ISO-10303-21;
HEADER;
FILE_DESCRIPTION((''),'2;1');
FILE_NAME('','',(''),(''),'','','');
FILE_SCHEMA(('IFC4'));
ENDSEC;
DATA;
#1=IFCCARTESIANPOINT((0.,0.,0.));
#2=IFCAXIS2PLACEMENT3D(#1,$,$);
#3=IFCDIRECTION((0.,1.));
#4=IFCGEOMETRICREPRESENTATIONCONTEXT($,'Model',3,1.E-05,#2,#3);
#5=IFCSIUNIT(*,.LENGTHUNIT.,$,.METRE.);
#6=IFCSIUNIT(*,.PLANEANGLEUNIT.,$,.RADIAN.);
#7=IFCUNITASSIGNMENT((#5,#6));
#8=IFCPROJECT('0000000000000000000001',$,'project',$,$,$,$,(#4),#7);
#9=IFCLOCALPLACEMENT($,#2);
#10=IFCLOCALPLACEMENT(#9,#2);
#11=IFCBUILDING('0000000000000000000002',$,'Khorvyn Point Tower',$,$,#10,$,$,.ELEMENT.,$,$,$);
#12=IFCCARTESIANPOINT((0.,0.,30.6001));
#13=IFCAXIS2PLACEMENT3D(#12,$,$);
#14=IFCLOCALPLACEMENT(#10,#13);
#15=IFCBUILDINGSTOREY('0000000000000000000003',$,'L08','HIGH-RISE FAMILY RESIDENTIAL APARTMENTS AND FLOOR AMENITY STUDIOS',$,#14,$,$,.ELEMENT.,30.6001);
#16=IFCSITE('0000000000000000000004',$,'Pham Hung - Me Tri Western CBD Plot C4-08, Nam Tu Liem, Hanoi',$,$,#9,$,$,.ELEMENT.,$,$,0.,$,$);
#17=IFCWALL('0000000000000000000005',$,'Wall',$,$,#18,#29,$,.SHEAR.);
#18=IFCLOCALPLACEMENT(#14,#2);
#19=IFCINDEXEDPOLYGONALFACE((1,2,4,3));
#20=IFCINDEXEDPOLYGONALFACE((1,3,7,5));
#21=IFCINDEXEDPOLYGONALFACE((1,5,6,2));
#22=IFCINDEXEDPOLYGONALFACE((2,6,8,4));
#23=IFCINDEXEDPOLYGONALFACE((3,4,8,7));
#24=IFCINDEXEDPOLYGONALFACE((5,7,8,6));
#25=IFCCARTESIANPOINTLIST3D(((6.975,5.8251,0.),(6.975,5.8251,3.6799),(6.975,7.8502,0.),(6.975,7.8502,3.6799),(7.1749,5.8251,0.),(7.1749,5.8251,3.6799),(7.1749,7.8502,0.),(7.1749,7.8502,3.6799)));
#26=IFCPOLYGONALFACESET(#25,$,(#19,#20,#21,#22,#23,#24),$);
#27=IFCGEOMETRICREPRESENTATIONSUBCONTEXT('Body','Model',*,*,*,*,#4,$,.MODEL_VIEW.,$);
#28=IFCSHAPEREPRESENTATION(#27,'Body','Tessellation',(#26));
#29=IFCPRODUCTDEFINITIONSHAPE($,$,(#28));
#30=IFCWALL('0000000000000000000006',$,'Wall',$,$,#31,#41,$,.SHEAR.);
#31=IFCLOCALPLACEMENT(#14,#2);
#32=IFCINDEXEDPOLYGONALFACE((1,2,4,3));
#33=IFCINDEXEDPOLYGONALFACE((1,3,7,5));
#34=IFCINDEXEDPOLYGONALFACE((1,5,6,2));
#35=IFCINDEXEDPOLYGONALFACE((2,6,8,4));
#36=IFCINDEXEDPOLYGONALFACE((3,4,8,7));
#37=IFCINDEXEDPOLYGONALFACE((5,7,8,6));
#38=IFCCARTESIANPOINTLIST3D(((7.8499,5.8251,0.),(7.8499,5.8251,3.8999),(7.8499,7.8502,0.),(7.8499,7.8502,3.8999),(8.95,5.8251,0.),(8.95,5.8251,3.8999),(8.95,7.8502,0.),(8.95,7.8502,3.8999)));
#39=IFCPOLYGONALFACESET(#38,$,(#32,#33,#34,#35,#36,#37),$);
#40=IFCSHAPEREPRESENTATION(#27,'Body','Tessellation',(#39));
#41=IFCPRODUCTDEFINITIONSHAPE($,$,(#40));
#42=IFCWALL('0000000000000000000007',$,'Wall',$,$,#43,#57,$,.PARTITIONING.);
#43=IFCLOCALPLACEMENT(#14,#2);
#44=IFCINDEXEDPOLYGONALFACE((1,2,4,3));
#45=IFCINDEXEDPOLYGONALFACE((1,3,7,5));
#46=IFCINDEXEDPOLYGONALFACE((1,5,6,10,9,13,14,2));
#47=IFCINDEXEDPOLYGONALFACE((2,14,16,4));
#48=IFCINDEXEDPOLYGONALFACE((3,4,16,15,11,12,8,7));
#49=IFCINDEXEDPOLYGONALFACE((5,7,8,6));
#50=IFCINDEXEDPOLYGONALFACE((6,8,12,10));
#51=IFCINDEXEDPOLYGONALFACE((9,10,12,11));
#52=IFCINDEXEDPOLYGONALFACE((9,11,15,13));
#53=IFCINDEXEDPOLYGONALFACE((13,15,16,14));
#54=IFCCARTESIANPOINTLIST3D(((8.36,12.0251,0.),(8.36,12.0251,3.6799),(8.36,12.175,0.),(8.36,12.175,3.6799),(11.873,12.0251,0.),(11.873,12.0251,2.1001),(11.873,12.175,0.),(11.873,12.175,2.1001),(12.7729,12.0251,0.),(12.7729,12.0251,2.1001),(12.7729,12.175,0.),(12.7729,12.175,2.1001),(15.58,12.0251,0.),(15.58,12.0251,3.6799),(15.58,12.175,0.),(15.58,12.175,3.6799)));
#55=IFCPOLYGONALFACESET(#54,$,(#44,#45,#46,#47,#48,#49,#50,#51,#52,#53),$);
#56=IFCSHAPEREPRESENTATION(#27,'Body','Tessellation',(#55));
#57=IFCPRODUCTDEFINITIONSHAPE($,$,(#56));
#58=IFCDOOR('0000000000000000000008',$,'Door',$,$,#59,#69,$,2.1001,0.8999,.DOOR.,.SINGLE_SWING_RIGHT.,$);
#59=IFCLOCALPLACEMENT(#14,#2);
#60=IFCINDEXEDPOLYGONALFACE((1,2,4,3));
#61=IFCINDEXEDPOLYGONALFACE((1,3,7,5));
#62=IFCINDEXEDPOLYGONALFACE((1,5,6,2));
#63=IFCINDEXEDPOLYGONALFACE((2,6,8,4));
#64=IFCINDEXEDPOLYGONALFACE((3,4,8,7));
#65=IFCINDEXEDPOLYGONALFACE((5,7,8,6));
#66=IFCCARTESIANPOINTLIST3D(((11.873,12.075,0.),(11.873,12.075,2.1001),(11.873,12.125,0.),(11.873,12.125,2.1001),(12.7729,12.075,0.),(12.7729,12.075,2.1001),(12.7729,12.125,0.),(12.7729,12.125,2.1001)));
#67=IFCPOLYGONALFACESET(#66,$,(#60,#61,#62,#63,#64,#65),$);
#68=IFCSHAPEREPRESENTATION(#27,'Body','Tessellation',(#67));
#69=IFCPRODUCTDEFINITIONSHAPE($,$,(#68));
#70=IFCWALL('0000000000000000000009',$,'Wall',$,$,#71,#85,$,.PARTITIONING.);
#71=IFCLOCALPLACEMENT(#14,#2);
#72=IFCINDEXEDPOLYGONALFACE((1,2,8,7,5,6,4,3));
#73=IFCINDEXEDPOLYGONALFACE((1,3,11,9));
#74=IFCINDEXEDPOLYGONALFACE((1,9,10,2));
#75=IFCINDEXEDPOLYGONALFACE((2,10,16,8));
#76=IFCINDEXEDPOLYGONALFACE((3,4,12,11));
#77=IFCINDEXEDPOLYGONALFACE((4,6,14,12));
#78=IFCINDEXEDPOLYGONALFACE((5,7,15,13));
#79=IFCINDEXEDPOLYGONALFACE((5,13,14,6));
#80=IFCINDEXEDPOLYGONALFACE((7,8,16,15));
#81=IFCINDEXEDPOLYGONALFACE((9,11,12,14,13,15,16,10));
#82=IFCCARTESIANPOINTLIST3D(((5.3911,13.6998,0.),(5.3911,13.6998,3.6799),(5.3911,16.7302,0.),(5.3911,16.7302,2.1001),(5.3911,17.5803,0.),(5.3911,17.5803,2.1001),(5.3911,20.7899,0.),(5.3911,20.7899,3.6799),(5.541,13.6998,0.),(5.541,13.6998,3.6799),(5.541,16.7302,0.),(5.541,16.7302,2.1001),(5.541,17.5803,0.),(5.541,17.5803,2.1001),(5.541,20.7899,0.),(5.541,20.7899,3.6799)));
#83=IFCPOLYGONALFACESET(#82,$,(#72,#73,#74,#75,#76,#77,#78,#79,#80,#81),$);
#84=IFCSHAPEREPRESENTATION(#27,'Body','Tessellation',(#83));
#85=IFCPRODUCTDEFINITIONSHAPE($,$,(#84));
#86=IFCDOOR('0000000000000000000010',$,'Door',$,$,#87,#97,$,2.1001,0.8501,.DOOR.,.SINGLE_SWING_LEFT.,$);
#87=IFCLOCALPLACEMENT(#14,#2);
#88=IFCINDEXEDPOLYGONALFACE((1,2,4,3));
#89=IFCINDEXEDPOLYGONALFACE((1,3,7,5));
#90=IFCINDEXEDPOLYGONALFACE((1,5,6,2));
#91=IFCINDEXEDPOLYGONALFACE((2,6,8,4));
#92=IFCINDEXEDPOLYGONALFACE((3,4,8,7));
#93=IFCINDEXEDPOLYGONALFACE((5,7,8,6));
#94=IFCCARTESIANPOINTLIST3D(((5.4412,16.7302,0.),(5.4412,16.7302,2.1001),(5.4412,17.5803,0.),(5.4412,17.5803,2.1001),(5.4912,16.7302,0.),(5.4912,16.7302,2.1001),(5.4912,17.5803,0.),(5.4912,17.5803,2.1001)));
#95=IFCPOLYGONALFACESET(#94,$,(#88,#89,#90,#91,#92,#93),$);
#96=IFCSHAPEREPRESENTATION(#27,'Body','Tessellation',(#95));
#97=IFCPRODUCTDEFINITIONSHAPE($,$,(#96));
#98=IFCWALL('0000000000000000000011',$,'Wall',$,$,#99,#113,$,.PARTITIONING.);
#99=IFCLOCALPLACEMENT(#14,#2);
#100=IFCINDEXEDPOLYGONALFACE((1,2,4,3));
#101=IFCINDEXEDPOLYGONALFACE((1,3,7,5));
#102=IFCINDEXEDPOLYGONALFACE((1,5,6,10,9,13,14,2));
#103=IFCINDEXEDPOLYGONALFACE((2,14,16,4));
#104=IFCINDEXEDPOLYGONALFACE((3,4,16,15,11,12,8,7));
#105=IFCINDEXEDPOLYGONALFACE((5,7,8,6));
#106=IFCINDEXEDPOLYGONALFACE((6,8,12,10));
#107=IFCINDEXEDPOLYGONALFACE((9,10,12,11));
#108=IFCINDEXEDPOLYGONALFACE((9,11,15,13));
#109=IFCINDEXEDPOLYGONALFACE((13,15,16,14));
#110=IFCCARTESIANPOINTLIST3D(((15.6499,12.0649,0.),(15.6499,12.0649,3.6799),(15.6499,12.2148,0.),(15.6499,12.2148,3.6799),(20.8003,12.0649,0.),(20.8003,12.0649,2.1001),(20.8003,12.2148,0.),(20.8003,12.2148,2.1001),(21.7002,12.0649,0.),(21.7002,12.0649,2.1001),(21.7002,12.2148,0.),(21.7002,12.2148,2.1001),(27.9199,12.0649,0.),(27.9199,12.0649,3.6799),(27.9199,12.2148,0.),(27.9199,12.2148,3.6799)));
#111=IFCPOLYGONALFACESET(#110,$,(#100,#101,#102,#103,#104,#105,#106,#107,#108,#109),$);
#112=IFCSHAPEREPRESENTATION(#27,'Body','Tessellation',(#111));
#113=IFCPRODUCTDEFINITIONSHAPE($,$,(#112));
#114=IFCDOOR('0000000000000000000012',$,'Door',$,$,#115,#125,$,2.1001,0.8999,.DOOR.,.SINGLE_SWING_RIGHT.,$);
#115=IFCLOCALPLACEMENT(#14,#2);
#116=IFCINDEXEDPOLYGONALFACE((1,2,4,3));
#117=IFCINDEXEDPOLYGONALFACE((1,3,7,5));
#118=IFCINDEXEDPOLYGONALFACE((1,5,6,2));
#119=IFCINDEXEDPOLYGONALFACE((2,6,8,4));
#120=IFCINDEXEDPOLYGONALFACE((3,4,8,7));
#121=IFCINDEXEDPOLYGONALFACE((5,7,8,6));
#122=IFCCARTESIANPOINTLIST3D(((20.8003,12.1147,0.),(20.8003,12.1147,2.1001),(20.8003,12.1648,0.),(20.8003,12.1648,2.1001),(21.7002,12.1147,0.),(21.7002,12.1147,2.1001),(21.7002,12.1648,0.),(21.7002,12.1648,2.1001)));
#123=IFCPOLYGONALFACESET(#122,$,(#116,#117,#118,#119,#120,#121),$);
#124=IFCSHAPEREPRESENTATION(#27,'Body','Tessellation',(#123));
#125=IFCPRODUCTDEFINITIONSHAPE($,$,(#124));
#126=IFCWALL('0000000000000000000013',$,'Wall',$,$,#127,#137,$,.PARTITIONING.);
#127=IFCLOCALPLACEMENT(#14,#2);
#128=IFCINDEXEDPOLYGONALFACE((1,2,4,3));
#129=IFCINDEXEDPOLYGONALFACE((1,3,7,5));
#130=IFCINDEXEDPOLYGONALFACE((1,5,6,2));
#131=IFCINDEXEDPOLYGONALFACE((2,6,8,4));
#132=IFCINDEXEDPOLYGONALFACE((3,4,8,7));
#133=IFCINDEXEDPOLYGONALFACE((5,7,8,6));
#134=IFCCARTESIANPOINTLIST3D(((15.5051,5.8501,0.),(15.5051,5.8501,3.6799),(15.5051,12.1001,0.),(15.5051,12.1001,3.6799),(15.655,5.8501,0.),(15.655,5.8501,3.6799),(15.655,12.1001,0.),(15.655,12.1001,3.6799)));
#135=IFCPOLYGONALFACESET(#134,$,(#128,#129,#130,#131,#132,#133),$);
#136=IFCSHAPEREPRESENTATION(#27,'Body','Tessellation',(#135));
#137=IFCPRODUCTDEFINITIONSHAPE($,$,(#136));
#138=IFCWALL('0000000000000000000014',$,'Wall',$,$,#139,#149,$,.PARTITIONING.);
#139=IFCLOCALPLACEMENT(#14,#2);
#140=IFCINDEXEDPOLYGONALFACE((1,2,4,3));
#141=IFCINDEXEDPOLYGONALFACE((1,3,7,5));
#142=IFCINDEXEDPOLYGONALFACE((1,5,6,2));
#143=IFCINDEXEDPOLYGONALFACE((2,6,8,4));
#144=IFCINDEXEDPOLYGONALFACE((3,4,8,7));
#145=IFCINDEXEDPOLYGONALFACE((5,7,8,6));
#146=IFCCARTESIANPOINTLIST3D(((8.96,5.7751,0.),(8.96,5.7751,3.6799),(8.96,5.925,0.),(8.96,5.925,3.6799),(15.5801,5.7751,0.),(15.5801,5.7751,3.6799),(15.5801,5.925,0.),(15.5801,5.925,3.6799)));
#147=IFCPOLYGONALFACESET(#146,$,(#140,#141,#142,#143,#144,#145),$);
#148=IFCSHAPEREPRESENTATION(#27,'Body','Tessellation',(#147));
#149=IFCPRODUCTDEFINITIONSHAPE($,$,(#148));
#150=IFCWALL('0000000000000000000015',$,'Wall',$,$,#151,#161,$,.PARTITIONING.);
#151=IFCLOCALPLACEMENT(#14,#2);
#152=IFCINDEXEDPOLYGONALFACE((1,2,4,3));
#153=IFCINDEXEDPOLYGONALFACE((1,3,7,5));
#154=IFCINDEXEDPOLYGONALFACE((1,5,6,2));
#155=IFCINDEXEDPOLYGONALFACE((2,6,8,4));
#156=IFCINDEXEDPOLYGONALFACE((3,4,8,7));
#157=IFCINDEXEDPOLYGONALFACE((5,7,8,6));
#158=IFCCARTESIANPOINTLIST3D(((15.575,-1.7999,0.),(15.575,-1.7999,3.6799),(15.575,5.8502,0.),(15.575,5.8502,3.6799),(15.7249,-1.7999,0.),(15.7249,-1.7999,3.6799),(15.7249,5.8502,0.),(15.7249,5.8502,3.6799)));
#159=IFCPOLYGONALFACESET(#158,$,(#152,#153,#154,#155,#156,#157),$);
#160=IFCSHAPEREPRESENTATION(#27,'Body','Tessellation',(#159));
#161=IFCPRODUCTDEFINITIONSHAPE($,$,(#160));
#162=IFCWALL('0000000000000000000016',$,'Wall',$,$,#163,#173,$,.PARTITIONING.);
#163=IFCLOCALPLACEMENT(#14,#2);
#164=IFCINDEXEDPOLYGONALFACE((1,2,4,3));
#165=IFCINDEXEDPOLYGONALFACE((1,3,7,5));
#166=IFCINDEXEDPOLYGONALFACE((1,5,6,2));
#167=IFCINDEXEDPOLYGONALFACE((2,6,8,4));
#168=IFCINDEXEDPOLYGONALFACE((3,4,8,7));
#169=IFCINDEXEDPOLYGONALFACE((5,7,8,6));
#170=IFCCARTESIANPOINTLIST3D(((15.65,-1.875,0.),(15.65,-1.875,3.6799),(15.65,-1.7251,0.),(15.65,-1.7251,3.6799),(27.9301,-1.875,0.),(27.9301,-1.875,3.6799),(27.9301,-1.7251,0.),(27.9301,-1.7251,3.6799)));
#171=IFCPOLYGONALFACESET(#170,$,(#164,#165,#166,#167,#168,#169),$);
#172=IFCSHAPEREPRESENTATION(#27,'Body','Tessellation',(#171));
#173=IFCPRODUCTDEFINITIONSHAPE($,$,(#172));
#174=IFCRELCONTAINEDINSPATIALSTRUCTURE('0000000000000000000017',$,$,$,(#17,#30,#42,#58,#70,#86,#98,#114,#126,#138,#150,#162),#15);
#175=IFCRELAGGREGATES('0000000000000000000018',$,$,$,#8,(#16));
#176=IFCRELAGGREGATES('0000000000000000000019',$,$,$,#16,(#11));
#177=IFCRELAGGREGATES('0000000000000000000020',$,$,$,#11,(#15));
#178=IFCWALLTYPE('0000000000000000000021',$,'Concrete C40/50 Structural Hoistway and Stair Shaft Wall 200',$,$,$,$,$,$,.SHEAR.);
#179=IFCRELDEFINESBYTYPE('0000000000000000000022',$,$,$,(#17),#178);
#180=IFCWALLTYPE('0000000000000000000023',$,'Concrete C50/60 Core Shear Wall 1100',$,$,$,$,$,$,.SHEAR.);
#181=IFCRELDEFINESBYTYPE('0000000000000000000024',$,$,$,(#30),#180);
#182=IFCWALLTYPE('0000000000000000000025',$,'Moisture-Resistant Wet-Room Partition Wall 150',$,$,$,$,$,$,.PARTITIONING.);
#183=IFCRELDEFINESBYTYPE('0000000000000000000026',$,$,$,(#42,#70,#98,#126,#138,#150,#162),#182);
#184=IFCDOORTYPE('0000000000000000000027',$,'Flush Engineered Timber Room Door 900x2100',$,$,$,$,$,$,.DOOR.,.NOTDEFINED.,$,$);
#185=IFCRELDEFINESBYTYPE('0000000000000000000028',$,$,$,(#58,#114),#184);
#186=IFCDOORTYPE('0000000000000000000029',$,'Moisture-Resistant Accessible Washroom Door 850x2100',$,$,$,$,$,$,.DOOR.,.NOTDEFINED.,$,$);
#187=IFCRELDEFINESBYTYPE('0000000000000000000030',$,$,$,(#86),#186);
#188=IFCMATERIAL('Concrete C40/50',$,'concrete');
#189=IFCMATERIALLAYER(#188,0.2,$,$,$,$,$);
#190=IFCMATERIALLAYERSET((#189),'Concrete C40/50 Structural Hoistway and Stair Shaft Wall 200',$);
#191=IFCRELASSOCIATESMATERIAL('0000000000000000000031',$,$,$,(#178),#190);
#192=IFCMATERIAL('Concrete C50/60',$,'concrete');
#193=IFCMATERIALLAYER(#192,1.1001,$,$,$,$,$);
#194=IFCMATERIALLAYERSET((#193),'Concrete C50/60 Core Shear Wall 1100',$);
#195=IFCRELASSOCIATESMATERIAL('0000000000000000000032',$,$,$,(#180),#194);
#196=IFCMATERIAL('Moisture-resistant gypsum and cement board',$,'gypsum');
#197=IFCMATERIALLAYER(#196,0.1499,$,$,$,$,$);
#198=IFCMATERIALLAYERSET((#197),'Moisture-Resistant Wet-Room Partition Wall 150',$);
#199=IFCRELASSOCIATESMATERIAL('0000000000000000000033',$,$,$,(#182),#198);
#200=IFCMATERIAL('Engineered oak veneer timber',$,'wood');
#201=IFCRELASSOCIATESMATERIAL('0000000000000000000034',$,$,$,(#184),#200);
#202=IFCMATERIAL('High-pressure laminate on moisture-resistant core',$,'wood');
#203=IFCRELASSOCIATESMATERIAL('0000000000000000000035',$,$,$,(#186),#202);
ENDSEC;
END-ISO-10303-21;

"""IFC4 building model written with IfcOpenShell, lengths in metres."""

from ifc_helpers import new_model, si_unit, direction, frame, frame_2d, origin, place, context, subcontext, project, spatial, rectangle, extrude, material, layer, layer_set, type_object, element, fill, save


model = new_model("IFC4")

# Units and contexts
model_context = context("Model", 3, precision=1e-05, world=origin(), true_north=direction((0.0, 1.0)))
body_context = subcontext(model_context, "Body", "Model", "MODEL_VIEW")
ifc_project = project(units=[si_unit("LENGTHUNIT", "METRE"), si_unit("PLANEANGLEUNIT", "RADIAN")], contexts=[model_context])

# Site, building, storey
site_placement = place(None, origin())
site = spatial("IfcSite", under=ifc_project, at=site_placement, Name="Pham Hung - Me Tri Western CBD Plot C4-08, Nam Tu Liem, Hanoi", CompositionType="ELEMENT", RefElevation=0.0)
building_placement = place(site_placement, origin())
building = spatial("IfcBuilding", under=site, at=building_placement, Name="Khorvyn Point Tower", CompositionType="ELEMENT")
storey_placement = place(building_placement, frame((0.0, 0.0, 30.6001)))
storey = spatial("IfcBuildingStorey", under=building, at=storey_placement, Name="L08", Description="HIGH-RISE FAMILY RESIDENTIAL APARTMENTS AND FLOOR AMENITY STUDIOS", CompositionType="ELEMENT", Elevation=30.6001)

# Shared definitions
ifc_material_1 = material(Name="Concrete C50/60", Category="concrete")

# Walls
ifc_material_2 = material(Name="Concrete C40/50", Category="concrete")
ifc_layer_1 = layer(ifc_material_2, 0.2)
ifc_layer_set_1 = layer_set([ifc_layer_1], Name="Concrete C40/50 Structural Hoistway and Stair Shaft Wall 200")
wall_type_1 = type_object("IfcWallType", Name="Concrete C40/50 Structural Hoistway and Stair Shaft Wall 200", PredefinedType="SHEAR", material=ifc_layer_set_1)
wall_1_placement = place(storey_placement, frame((7.075, 5.825, 0.0), z_axis=(0.0, 0.0, 1.0), x_axis=(0.0, 1.0, 0.0)))
element("IfcWall", 1, at=wall_1_placement, inside=storey, type_object=wall_type_1, Name="Wall", PredefinedType="SHEAR", context=body_context, shape_type="SweptSolid", body=[
    extrude(rectangle(XDim=2.0251, YDim=0.2, at=frame_2d((1.0127, 0.0))), origin(), (0.0, 0.0, 1.0), 3.6799),
])
ifc_layer_2 = layer(ifc_material_1, 1.1001)
ifc_layer_set_2 = layer_set([ifc_layer_2], Name="Concrete C50/60 Core Shear Wall 1100")
wall_type_2 = type_object("IfcWallType", Name="Concrete C50/60 Core Shear Wall 1100", PredefinedType="SHEAR", material=ifc_layer_set_2)
wall_2_placement = place(storey_placement, frame((8.3999, 5.825, 0.0), z_axis=(0.0, 0.0, 1.0), x_axis=(0.0, 1.0, 0.0)))
element("IfcWall", 2, at=wall_2_placement, inside=storey, type_object=wall_type_2, Name="Wall", PredefinedType="SHEAR", context=body_context, shape_type="SweptSolid", body=[
    extrude(rectangle(XDim=2.0251, YDim=1.1001, at=frame_2d((1.0127, 0.0))), origin(), (0.0, 0.0, 1.0), 3.8999),
])

# Walls, openings, doors
ifc_material_3 = material(Name="Moisture-resistant gypsum and cement board", Category="gypsum")
ifc_layer_3 = layer(ifc_material_3, 0.1499)
ifc_layer_set_3 = layer_set([ifc_layer_3], Name="Moisture-Resistant Wet-Room Partition Wall 150")
wall_type_3 = type_object("IfcWallType", Name="Moisture-Resistant Wet-Room Partition Wall 150", PredefinedType="PARTITIONING", material=ifc_layer_set_3)
wall_3_placement = place(storey_placement, frame((8.3601, 12.1001, 0.0), z_axis=(0.0, 0.0, 1.0), x_axis=(1.0, 0.0, 0.0)))
wall_3 = element("IfcWall", 3, at=wall_3_placement, inside=storey, type_object=wall_type_3, Name="Wall", PredefinedType="PARTITIONING", context=body_context, shape_type="SweptSolid", body=[
    extrude(rectangle(XDim=7.22, YDim=0.1499, at=frame_2d((3.6099, 0.0))), origin(), (0.0, 0.0, 1.0), 3.6799),
])
opening_1_placement = place(wall_3_placement, frame((3.5129, 0.0, 0.0)))
opening_1 = element("IfcOpeningElement", 4, at=opening_1_placement, cuts=wall_3, PredefinedType="OPENING", context=body_context, shape_type="SweptSolid", body=[
    extrude(rectangle(XDim=0.8999, YDim=2.1001, at=frame_2d((0.45, 1.05))), frame((0.0, 0.085, 0.0), z_axis=(0.0, -1.0, 0.0), x_axis=(1.0, 0.0, 0.0)), (0.0, 0.0, 1.0), 0.1699),
])
ifc_material_4 = material(Name="Engineered oak veneer timber", Category="wood")
door_type_1 = type_object("IfcDoorType", Name="Flush Engineered Timber Room Door 900x2100", OperationType="NOTDEFINED", PredefinedType="DOOR", material=ifc_material_4)
door_1_placement = place(opening_1_placement, origin())
door_1 = element("IfcDoor", 5, at=door_1_placement, inside=storey, type_object=door_type_1, Name="Door", OperationType="SINGLE_SWING_RIGHT", OverallHeight=2.1001, OverallWidth=0.8999, PredefinedType="DOOR", context=body_context, shape_type="SweptSolid", body=[
    extrude(rectangle(XDim=0.8999, YDim=2.1001, at=frame_2d((0.45, 1.05))), frame((0.0, 0.0249, 0.0), z_axis=(0.0, -1.0, 0.0), x_axis=(1.0, 0.0, 0.0)), (0.0, 0.0, 1.0), 0.05),
])
fill(opening_1, door_1)
wall_4_placement = place(storey_placement, frame((5.4661, 13.7, 0.0), z_axis=(0.0, 0.0, 1.0), x_axis=(0.0, 1.0, 0.0)))
wall_4 = element("IfcWall", 6, at=wall_4_placement, inside=storey, type_object=wall_type_3, Name="Wall", PredefinedType="PARTITIONING", context=body_context, shape_type="SweptSolid", body=[
    extrude(rectangle(XDim=7.0901, YDim=0.1499, at=frame_2d((3.5449, 0.0))), origin(), (0.0, 0.0, 1.0), 3.6799),
])
opening_2_placement = place(wall_4_placement, frame((3.0303, 0.0, 0.0)))
opening_2 = element("IfcOpeningElement", 7, at=opening_2_placement, cuts=wall_4, PredefinedType="OPENING", context=body_context, shape_type="SweptSolid", body=[
    extrude(rectangle(XDim=0.8501, YDim=2.1001, at=frame_2d((0.425, 1.05))), frame((0.0, 0.085, 0.0), z_axis=(0.0, -1.0, 0.0), x_axis=(1.0, 0.0, 0.0)), (0.0, 0.0, 1.0), 0.1699),
])
ifc_material_5 = material(Name="High-pressure laminate on moisture-resistant core", Category="wood")
door_type_2 = type_object("IfcDoorType", Name="Moisture-Resistant Accessible Washroom Door 850x2100", OperationType="NOTDEFINED", PredefinedType="DOOR", material=ifc_material_5)
door_2_placement = place(opening_2_placement, origin())
door_2 = element("IfcDoor", 8, at=door_2_placement, inside=storey, type_object=door_type_2, Name="Door", OperationType="SINGLE_SWING_LEFT", OverallHeight=2.1001, OverallWidth=0.8501, PredefinedType="DOOR", context=body_context, shape_type="SweptSolid", body=[
    extrude(rectangle(XDim=0.8501, YDim=2.1001, at=frame_2d((0.425, 1.05))), frame((0.0, 0.0249, 0.0), z_axis=(0.0, -1.0, 0.0), x_axis=(1.0, 0.0, 0.0)), (0.0, 0.0, 1.0), 0.05),
])
fill(opening_2, door_2)
wall_5_placement = place(storey_placement, frame((15.6499, 12.1399, 0.0), z_axis=(0.0, 0.0, 1.0), x_axis=(1.0, 0.0, 0.0)))
wall_5 = element("IfcWall", 9, at=wall_5_placement, inside=storey, type_object=wall_type_3, Name="Wall", PredefinedType="PARTITIONING", context=body_context, shape_type="SweptSolid", body=[
    extrude(rectangle(XDim=12.27, YDim=0.1499, at=frame_2d((6.135, 0.0))), origin(), (0.0, 0.0, 1.0), 3.6799),
])
opening_3_placement = place(wall_5_placement, frame((5.1504, 0.0, 0.0)))
opening_3 = element("IfcOpeningElement", 10, at=opening_3_placement, cuts=wall_5, PredefinedType="OPENING", context=body_context, shape_type="SweptSolid", body=[
    extrude(rectangle(XDim=0.8999, YDim=2.1001, at=frame_2d((0.45, 1.05))), frame((0.0, 0.085, 0.0), z_axis=(0.0, -1.0, 0.0), x_axis=(1.0, 0.0, 0.0)), (0.0, 0.0, 1.0), 0.1699),
])
door_3_placement = place(opening_3_placement, origin())
door_3 = element("IfcDoor", 11, at=door_3_placement, inside=storey, type_object=door_type_1, Name="Door", OperationType="SINGLE_SWING_RIGHT", OverallHeight=2.1001, OverallWidth=0.8999, PredefinedType="DOOR", context=body_context, shape_type="SweptSolid", body=[
    extrude(rectangle(XDim=0.8999, YDim=2.1001, at=frame_2d((0.45, 1.05))), frame((0.0, 0.0249, 0.0), z_axis=(0.0, -1.0, 0.0), x_axis=(1.0, 0.0, 0.0)), (0.0, 0.0, 1.0), 0.05),
])
fill(opening_3, door_3)

# Walls
wall_6_placement = place(storey_placement, frame((15.5801, 5.8501, 0.0), z_axis=(0.0, 0.0, 1.0), x_axis=(0.0, 1.0, 0.0)))
element("IfcWall", 12, at=wall_6_placement, inside=storey, type_object=wall_type_3, Name="Wall", PredefinedType="PARTITIONING", context=body_context, shape_type="SweptSolid", body=[
    extrude(rectangle(XDim=6.25, YDim=0.1499, at=frame_2d((3.125, 0.0))), origin(), (0.0, 0.0, 1.0), 3.6799),
])
wall_7_placement = place(storey_placement, frame((8.96, 5.8501, 0.0), z_axis=(0.0, 0.0, 1.0), x_axis=(1.0, 0.0, 0.0)))
element("IfcWall", 13, at=wall_7_placement, inside=storey, type_object=wall_type_3, Name="Wall", PredefinedType="PARTITIONING", context=body_context, shape_type="SweptSolid", body=[
    extrude(rectangle(XDim=6.6201, YDim=0.1499, at=frame_2d((3.3101, 0.0))), origin(), (0.0, 0.0, 1.0), 3.6799),
])
wall_8_placement = place(storey_placement, frame((15.6499, -1.8, 0.0), z_axis=(0.0, 0.0, 1.0), x_axis=(0.0, 1.0, 0.0)))
element("IfcWall", 14, at=wall_8_placement, inside=storey, type_object=wall_type_3, Name="Wall", PredefinedType="PARTITIONING", context=body_context, shape_type="SweptSolid", body=[
    extrude(rectangle(XDim=7.6501, YDim=0.1499, at=frame_2d((3.8252, 0.0))), origin(), (0.0, 0.0, 1.0), 3.6799),
])
wall_9_placement = place(storey_placement, frame((15.6499, -1.8, 0.0), z_axis=(0.0, 0.0, 1.0), x_axis=(1.0, 0.0, 0.0)))
element("IfcWall", 15, at=wall_9_placement, inside=storey, type_object=wall_type_3, Name="Wall", PredefinedType="PARTITIONING", context=body_context, shape_type="SweptSolid", body=[
    extrude(rectangle(XDim=12.28, YDim=0.1499, at=frame_2d((6.1401, 0.0))), origin(), (0.0, 0.0, 1.0), 3.6799),
])

save(model, "model.ifc")
